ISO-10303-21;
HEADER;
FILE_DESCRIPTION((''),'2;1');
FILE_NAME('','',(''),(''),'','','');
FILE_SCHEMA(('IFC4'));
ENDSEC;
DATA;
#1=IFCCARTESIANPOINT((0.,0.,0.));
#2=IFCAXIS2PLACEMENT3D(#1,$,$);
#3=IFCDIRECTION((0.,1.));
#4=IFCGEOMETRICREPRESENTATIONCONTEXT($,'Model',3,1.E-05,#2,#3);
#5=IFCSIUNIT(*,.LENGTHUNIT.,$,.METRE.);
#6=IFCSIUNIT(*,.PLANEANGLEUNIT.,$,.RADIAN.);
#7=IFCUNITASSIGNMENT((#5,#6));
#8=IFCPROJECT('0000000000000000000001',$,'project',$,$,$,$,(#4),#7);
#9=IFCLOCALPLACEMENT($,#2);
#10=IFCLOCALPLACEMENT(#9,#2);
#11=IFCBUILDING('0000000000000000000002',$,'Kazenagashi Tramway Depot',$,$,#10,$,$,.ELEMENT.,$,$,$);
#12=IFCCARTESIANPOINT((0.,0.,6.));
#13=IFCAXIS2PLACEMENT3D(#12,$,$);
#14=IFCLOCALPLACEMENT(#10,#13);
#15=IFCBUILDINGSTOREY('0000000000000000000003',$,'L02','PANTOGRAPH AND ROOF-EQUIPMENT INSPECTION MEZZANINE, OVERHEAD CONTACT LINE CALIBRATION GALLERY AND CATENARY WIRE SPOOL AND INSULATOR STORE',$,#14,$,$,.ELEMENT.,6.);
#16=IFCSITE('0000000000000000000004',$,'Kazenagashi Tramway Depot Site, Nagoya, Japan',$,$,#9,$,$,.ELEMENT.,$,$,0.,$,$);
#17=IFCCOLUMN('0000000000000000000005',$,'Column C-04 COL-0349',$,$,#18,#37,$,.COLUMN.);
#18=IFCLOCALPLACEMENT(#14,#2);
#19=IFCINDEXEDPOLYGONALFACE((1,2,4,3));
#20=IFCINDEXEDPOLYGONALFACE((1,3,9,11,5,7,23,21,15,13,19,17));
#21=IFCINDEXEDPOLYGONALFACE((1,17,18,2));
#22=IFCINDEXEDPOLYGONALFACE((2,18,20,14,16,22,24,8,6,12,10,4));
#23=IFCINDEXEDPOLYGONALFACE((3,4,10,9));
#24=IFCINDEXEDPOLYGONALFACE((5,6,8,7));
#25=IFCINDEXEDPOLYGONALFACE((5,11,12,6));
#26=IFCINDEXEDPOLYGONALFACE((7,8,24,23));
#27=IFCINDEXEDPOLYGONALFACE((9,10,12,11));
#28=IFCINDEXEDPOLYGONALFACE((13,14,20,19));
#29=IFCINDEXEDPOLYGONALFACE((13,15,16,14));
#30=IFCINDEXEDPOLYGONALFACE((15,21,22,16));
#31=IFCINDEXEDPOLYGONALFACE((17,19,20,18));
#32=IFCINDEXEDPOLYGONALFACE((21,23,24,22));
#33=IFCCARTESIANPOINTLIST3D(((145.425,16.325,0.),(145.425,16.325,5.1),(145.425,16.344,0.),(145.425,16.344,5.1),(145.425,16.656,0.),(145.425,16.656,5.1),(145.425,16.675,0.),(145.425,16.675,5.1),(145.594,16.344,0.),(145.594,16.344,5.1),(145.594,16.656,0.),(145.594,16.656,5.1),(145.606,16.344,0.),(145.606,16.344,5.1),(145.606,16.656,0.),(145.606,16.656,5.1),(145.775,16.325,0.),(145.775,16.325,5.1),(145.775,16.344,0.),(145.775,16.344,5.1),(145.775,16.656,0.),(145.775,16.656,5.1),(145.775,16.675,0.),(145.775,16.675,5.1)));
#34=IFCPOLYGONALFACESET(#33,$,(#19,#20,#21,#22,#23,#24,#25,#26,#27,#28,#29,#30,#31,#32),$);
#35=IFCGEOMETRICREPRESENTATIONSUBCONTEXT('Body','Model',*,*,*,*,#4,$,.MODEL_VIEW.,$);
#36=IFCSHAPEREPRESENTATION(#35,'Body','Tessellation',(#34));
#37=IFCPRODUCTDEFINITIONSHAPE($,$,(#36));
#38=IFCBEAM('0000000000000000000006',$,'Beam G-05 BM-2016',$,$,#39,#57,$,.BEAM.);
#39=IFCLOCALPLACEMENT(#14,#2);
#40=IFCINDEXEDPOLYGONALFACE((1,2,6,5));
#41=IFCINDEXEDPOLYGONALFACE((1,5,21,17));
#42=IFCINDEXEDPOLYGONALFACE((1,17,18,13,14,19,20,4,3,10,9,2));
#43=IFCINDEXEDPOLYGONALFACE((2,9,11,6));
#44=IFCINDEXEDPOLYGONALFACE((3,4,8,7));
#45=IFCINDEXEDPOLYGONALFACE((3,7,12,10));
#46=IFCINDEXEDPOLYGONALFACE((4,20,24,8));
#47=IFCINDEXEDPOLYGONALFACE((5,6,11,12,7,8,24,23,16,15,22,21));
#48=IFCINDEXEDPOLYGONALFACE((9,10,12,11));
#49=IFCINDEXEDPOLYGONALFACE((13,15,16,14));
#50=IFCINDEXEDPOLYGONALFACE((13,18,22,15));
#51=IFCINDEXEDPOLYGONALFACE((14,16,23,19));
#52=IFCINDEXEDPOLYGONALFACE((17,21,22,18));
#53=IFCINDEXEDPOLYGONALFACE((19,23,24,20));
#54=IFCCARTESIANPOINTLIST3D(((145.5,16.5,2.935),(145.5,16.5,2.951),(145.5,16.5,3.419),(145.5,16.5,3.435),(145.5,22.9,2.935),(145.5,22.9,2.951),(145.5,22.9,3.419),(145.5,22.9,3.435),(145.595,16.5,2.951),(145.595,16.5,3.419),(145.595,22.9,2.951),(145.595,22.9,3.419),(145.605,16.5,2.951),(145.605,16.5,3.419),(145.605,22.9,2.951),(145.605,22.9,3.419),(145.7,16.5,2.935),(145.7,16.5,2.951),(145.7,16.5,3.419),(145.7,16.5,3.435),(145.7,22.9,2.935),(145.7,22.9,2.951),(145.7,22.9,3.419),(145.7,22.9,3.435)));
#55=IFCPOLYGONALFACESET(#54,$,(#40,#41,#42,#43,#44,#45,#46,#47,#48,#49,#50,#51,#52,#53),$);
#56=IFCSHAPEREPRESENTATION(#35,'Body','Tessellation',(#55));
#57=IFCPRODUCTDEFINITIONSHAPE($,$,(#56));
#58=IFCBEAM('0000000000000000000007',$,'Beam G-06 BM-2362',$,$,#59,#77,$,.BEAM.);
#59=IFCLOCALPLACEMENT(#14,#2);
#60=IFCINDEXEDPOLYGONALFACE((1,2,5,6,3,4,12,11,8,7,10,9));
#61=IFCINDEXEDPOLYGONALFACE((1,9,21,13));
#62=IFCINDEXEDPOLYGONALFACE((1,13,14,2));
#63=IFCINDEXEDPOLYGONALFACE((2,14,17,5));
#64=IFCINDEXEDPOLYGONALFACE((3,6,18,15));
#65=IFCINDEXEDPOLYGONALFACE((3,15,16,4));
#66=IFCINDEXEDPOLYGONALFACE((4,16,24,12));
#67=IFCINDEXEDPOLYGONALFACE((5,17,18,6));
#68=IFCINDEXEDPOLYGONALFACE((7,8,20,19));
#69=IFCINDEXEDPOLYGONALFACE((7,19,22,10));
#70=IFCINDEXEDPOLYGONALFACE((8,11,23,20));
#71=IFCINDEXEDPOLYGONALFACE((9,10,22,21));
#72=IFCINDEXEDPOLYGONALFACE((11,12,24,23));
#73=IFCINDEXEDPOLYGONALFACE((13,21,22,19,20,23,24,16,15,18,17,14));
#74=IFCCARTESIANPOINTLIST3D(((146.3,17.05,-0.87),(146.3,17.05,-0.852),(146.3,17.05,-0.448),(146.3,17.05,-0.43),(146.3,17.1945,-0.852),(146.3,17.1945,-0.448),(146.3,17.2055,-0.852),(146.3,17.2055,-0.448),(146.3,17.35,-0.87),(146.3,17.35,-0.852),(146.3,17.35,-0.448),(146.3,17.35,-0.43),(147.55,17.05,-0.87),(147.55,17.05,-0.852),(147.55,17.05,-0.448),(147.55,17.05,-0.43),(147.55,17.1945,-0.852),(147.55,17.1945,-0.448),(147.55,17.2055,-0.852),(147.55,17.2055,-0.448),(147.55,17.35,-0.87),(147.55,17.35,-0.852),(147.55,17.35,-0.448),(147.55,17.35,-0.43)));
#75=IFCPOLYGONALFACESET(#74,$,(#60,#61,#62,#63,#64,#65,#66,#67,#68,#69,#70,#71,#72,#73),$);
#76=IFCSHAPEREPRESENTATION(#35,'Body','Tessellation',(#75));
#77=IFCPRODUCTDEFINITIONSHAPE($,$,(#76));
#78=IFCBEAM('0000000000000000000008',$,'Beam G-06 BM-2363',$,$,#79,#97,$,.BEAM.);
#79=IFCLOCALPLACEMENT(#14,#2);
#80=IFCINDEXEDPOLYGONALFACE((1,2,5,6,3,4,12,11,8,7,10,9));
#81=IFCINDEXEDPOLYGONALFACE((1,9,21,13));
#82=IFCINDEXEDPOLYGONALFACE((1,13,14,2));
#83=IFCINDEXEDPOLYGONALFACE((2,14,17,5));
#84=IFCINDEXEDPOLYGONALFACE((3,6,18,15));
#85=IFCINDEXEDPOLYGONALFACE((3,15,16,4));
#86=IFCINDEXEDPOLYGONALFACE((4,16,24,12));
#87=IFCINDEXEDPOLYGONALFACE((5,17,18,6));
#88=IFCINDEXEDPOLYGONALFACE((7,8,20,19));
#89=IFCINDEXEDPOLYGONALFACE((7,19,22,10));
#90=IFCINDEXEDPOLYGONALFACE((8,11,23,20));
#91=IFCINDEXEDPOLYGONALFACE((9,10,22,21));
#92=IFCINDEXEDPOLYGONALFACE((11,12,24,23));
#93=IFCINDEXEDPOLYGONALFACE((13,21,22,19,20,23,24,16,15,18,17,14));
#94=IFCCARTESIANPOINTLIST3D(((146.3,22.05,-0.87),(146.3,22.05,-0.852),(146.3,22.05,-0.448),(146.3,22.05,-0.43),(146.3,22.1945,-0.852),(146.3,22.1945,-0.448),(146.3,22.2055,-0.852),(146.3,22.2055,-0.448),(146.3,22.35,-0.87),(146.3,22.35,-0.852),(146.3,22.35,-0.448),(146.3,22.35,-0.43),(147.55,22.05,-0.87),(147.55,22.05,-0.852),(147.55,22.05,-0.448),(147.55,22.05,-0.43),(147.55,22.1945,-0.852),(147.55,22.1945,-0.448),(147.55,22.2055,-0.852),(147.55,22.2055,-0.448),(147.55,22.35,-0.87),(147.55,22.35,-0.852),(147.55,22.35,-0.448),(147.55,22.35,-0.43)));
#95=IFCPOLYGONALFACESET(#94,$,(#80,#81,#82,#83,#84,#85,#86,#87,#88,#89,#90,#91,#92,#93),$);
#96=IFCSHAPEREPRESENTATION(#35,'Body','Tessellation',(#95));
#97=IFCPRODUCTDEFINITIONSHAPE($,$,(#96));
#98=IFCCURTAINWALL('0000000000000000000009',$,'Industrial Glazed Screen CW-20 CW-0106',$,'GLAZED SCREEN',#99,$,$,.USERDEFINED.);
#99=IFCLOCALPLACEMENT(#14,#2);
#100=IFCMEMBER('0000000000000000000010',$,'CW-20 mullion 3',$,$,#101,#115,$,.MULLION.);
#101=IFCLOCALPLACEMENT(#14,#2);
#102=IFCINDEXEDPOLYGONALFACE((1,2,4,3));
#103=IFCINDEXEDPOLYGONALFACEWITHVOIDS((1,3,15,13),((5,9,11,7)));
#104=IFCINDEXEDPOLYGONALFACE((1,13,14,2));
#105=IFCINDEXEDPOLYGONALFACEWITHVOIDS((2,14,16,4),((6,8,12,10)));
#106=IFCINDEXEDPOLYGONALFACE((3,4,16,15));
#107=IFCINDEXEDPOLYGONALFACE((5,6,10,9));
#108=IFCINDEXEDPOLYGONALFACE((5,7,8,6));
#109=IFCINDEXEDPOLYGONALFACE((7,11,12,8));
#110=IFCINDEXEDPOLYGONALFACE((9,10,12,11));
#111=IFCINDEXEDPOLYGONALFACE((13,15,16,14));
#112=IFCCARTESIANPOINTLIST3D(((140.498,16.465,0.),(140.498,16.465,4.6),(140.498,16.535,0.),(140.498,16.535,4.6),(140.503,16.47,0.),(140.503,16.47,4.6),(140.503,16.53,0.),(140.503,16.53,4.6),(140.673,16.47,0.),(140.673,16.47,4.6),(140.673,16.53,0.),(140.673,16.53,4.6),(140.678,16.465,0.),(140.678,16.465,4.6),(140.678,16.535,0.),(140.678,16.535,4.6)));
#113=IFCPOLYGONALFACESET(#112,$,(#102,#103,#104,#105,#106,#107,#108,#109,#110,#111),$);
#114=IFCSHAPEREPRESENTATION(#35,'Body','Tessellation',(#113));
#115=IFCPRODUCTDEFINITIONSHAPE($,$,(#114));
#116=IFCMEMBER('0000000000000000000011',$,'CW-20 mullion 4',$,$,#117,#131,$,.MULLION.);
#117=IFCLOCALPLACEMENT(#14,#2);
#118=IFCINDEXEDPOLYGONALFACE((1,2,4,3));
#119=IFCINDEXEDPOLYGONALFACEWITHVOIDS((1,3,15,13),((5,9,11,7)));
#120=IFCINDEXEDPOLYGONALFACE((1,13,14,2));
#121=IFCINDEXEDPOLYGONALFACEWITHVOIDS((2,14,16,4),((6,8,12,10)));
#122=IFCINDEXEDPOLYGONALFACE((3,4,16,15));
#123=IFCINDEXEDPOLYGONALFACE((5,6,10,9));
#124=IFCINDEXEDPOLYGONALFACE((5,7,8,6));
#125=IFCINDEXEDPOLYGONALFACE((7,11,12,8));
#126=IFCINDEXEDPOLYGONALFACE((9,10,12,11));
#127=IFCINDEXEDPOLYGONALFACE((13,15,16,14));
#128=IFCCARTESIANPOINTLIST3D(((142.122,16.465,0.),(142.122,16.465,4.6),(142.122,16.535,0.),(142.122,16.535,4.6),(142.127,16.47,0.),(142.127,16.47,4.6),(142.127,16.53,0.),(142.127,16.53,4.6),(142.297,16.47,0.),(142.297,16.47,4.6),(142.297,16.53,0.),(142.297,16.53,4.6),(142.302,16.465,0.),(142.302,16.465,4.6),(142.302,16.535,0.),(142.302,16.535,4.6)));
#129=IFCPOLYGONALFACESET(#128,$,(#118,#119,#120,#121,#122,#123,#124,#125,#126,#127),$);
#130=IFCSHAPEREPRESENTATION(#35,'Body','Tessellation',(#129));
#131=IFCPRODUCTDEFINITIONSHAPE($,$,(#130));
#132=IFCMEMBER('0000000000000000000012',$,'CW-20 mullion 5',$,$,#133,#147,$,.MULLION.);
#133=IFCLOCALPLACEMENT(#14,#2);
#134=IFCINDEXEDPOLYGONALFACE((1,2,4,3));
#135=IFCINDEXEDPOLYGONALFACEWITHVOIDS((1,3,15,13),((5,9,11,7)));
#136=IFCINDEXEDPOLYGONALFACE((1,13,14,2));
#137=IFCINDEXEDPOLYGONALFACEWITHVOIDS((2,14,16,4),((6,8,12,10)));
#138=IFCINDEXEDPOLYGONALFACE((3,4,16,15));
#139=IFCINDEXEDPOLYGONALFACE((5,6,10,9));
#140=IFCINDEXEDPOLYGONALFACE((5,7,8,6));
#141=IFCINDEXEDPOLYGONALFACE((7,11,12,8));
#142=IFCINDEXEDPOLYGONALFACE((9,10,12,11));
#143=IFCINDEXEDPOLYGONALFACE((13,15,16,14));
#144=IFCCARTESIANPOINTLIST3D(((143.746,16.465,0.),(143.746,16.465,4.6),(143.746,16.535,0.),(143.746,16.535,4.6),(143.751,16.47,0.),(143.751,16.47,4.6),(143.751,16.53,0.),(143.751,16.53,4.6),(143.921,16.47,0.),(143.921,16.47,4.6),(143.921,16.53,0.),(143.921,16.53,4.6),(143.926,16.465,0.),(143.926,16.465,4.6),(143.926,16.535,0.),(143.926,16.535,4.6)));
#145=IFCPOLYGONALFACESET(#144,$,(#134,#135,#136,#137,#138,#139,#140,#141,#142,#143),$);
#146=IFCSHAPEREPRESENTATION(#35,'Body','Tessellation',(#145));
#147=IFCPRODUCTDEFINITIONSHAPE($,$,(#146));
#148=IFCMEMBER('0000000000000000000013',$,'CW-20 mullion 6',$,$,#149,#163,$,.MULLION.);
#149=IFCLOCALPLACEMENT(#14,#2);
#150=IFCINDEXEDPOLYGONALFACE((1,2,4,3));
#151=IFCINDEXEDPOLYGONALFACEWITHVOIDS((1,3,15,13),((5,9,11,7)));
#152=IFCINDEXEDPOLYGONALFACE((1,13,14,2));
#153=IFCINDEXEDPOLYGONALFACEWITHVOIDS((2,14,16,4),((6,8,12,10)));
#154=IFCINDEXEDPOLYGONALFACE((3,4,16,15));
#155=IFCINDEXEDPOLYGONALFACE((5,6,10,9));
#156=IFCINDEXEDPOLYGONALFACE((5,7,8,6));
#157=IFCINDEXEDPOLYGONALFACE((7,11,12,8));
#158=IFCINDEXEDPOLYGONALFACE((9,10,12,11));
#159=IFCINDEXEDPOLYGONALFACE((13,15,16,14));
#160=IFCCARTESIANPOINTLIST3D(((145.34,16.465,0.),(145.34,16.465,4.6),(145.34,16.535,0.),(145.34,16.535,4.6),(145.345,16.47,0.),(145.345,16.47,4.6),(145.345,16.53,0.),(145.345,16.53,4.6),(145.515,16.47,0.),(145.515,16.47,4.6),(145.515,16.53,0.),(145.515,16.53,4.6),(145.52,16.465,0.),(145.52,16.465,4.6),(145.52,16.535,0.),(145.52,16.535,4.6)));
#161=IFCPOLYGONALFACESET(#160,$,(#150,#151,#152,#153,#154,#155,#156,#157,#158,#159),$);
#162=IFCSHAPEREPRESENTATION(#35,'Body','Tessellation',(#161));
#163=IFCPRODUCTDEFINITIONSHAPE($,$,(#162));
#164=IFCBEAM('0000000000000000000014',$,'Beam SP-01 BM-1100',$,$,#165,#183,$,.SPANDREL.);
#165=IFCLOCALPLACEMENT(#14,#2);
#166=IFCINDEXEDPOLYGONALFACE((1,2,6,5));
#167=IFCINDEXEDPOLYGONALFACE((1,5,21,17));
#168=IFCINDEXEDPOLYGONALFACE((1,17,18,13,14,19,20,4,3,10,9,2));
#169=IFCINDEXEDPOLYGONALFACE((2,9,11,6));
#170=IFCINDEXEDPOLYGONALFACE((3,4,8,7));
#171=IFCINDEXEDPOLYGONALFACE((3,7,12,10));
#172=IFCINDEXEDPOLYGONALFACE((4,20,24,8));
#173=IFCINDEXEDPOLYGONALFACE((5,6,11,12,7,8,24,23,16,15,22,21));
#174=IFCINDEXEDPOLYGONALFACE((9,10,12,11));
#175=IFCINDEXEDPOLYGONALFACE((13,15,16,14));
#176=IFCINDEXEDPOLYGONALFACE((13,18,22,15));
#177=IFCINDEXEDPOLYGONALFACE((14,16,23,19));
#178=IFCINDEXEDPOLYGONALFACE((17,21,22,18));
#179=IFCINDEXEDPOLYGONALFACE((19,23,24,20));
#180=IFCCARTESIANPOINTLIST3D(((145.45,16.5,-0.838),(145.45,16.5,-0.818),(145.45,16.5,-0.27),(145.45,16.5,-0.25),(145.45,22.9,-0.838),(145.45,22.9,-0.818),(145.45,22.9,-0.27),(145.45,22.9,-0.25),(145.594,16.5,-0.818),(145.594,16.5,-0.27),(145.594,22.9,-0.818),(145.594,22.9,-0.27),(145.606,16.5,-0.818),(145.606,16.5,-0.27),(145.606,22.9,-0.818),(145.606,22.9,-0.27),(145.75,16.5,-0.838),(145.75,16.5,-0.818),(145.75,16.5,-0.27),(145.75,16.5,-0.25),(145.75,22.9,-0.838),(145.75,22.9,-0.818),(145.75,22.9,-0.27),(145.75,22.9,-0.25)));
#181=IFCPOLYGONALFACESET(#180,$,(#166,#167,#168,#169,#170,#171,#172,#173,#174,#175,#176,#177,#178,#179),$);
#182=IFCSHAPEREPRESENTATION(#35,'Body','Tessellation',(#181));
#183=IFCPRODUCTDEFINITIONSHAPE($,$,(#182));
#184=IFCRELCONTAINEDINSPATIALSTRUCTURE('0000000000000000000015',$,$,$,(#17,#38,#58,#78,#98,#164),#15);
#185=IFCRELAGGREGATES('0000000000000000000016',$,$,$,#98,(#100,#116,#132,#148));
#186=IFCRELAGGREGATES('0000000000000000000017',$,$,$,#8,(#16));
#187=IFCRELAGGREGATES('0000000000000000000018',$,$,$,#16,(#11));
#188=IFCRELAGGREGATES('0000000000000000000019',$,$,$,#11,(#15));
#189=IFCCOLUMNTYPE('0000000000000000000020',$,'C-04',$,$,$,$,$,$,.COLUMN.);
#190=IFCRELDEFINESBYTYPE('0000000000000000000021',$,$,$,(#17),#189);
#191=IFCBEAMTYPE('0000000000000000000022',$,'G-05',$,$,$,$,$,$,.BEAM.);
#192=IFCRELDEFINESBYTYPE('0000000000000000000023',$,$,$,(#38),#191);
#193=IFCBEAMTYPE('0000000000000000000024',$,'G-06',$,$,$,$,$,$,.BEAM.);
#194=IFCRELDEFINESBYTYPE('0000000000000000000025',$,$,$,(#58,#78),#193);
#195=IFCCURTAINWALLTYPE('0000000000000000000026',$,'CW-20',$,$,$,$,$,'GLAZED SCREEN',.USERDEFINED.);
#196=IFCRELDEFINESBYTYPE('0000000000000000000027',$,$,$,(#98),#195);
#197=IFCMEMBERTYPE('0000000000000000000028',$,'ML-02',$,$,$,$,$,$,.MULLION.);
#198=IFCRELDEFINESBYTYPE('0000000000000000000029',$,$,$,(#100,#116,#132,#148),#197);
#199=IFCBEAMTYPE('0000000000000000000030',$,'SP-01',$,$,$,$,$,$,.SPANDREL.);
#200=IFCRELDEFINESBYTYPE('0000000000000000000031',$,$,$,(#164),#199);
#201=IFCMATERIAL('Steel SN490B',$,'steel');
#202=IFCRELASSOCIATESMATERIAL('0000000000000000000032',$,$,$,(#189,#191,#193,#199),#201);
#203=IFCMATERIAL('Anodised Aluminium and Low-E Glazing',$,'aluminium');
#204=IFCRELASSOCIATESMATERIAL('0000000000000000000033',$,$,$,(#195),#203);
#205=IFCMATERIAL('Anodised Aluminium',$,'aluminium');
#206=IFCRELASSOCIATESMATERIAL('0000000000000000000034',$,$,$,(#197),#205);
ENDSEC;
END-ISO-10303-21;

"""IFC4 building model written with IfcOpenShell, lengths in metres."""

from ifc_helpers import new_model, si_unit, direction, frame, origin, origin_2d, place, context, subcontext, project, spatial, hollow_rectangle, i_section, extrude, material, material_profile, profile_set, type_object, element, aggregate, save


model = new_model("IFC4")

# Units and contexts
model_context = context("Model", 3, precision=1e-05, world=origin(), true_north=direction((0.0, 1.0)))
body_context = subcontext(model_context, "Body", "Model", "MODEL_VIEW")
ifc_project = project(units=[si_unit("LENGTHUNIT", "METRE"), si_unit("PLANEANGLEUNIT", "RADIAN")], contexts=[model_context])

# Site, building, storey
site_placement = place(None, origin())
site = spatial("IfcSite", under=ifc_project, at=site_placement, Name="Kazenagashi Tramway Depot Site, Nagoya, Japan", CompositionType="ELEMENT", RefElevation=0.0)
building_placement = place(site_placement, origin())
building = spatial("IfcBuilding", under=site, at=building_placement, Name="Kazenagashi Tramway Depot", CompositionType="ELEMENT")
storey_placement = place(building_placement, frame((0.0, 0.0, 6.0)))
storey = spatial("IfcBuildingStorey", under=building, at=storey_placement, Name="L02", Description="PANTOGRAPH AND ROOF-EQUIPMENT INSPECTION MEZZANINE, OVERHEAD CONTACT LINE CALIBRATION GALLERY AND CATENARY WIRE SPOOL AND INSULATOR STORE", CompositionType="ELEMENT", Elevation=6.0)

# Column
ifc_material_1 = material(Name="Steel SN490B", Category="steel")
ifc_material_profile_1 = material_profile(ifc_material_1, i_section(OverallWidth=0.35, OverallDepth=0.35, WebThickness=0.012, FlangeThickness=0.019, at=origin_2d()), Name="H-350x350x12x19")
ifc_profile_set_1 = profile_set([ifc_material_profile_1], Name="Steel SN490B")
column_type = type_object("IfcColumnType", Name="C-04", PredefinedType="COLUMN", material=ifc_profile_set_1)
column_placement = place(storey_placement, frame((145.6, 16.5, 0.0), z_axis=(0.0, 0.0, 1.0), x_axis=(1.0, 0.0, 0.0)))
element("IfcColumn", 1, at=column_placement, inside=storey, type_object=column_type, Name="Column C-04 COL-0349", PredefinedType="COLUMN", context=body_context, shape_type="SweptSolid", body=[
    extrude(i_section(OverallWidth=0.35, OverallDepth=0.35, WebThickness=0.012, FlangeThickness=0.019, at=origin_2d()), origin(), (0.0, 0.0, 1.0), 5.1),
])

# Beams
ifc_material_profile_2 = material_profile(ifc_material_1, i_section(OverallWidth=0.2, OverallDepth=0.5, WebThickness=0.01, FlangeThickness=0.016, at=origin_2d()), Name="H-500x200x10x16")
ifc_profile_set_2 = profile_set([ifc_material_profile_2], Name="Steel SN490B")
beam_type_1 = type_object("IfcBeamType", Name="G-05", PredefinedType="BEAM", material=ifc_profile_set_2)
beam_1_placement = place(storey_placement, frame((145.6, 16.5, 3.185), z_axis=(0.0, 1.0, 0.0), x_axis=(-1.0, 0.0, 0.0)))
element("IfcBeam", 2, at=beam_1_placement, inside=storey, type_object=beam_type_1, Name="Beam G-05 BM-2016", PredefinedType="BEAM", context=body_context, shape_type="SweptSolid", body=[
    extrude(i_section(OverallWidth=0.2, OverallDepth=0.5, WebThickness=0.01, FlangeThickness=0.016, at=origin_2d()), origin(), (0.0, 0.0, 1.0), 6.4),
])
ifc_material_profile_3 = material_profile(ifc_material_1, i_section(OverallWidth=0.3, OverallDepth=0.44, WebThickness=0.011, FlangeThickness=0.018, at=origin_2d()), Name="H-440x300x11x18")
ifc_profile_set_3 = profile_set([ifc_material_profile_3], Name="Steel SN490B")
beam_type_2 = type_object("IfcBeamType", Name="G-06", PredefinedType="BEAM", material=ifc_profile_set_3)
for number, where, z_axis, x_axis, name in (
    (3, (146.3, 17.2, -0.65), (1.0, 0.0, 0.0), (0.0, 1.0, 0.0), "Beam G-06 BM-2362"),
    (4, (146.3, 22.2, -0.65), (1.0, 0.0, 0.0), (0.0, 1.0, 0.0), "Beam G-06 BM-2363"),
):
    element("IfcBeam", number, at=place(storey_placement, frame(where, z_axis=z_axis, x_axis=x_axis)), inside=storey, type_object=beam_type_2, Name=name, PredefinedType="BEAM", context=body_context, shape_type="SweptSolid", body=[
        extrude(i_section(OverallWidth=0.3, OverallDepth=0.44, WebThickness=0.011, FlangeThickness=0.018, at=origin_2d()), origin(), (0.0, 0.0, 1.0), 1.25),
    ])

# Curtain wall, members
ifc_material_2 = material(Name="Anodised Aluminium and Low-E Glazing", Category="aluminium")
curtain_wall_type = type_object("IfcCurtainWallType", Name="CW-20", ElementType="GLAZED SCREEN", PredefinedType="USERDEFINED", material=ifc_material_2)
curtain_wall_placement = place(storey_placement, origin())
curtain_wall = element("IfcCurtainWall", 5, at=curtain_wall_placement, inside=storey, type_object=curtain_wall_type, Name="Industrial Glazed Screen CW-20 CW-0106", ObjectType="GLAZED SCREEN", PredefinedType="USERDEFINED")
ifc_material_3 = material(Name="Anodised Aluminium", Category="aluminium")
ifc_material_profile_4 = material_profile(ifc_material_3, hollow_rectangle(XDim=0.07, YDim=0.18, WallThickness=0.005, at=origin_2d()), Name="RHS-180x70x5")
ifc_profile_set_4 = profile_set([ifc_material_profile_4], Name="Anodised Aluminium")
member_type_1 = type_object("IfcMemberType", Name="ML-02", PredefinedType="MULLION", material=ifc_profile_set_4)
member_1_placement = place(storey_placement, frame((140.588, 16.5, 0.0), z_axis=(0.0, 0.0, 1.0), x_axis=(0.0, 1.0, 0.0)))
member_1 = element("IfcMember", 6, at=member_1_placement, type_object=member_type_1, Name="CW-20 mullion 3", PredefinedType="MULLION", context=body_context, shape_type="SweptSolid", body=[
    extrude(hollow_rectangle(XDim=0.07, YDim=0.18, WallThickness=0.005, at=origin_2d()), origin(), (0.0, 0.0, 1.0), 4.6),
])
member_2_placement = place(storey_placement, frame((142.212, 16.5, 0.0), z_axis=(0.0, 0.0, 1.0), x_axis=(0.0, 1.0, 0.0)))
member_2 = element("IfcMember", 7, at=member_2_placement, type_object=member_type_1, Name="CW-20 mullion 4", PredefinedType="MULLION", context=body_context, shape_type="SweptSolid", body=[
    extrude(hollow_rectangle(XDim=0.07, YDim=0.18, WallThickness=0.005, at=origin_2d()), origin(), (0.0, 0.0, 1.0), 4.6),
])
member_3_placement = place(storey_placement, frame((143.836, 16.5, 0.0), z_axis=(0.0, 0.0, 1.0), x_axis=(0.0, 1.0, 0.0)))
member_3 = element("IfcMember", 8, at=member_3_placement, type_object=member_type_1, Name="CW-20 mullion 5", PredefinedType="MULLION", context=body_context, shape_type="SweptSolid", body=[
    extrude(hollow_rectangle(XDim=0.07, YDim=0.18, WallThickness=0.005, at=origin_2d()), origin(), (0.0, 0.0, 1.0), 4.6),
])
member_4_placement = place(storey_placement, frame((145.43, 16.5, 0.0), z_axis=(0.0, 0.0, 1.0), x_axis=(0.0, 1.0, 0.0)))
member_4 = element("IfcMember", 9, at=member_4_placement, type_object=member_type_1, Name="CW-20 mullion 6", PredefinedType="MULLION", context=body_context, shape_type="SweptSolid", body=[
    extrude(hollow_rectangle(XDim=0.07, YDim=0.18, WallThickness=0.005, at=origin_2d()), origin(), (0.0, 0.0, 1.0), 4.6),
])

# Beam
ifc_material_profile_5 = material_profile(ifc_material_1, i_section(OverallWidth=0.3, OverallDepth=0.588, WebThickness=0.012, FlangeThickness=0.02, at=origin_2d()), Name="H-588x300x12x20")
ifc_profile_set_5 = profile_set([ifc_material_profile_5], Name="Steel SN490B")
beam_type_3 = type_object("IfcBeamType", Name="SP-01", PredefinedType="SPANDREL", material=ifc_profile_set_5)
beam_2_placement = place(storey_placement, frame((145.6, 16.5, -0.544), z_axis=(0.0, 1.0, 0.0), x_axis=(-1.0, 0.0, 0.0)))
element("IfcBeam", 10, at=beam_2_placement, inside=storey, type_object=beam_type_3, Name="Beam SP-01 BM-1100", PredefinedType="SPANDREL", context=body_context, shape_type="SweptSolid", body=[
    extrude(i_section(OverallWidth=0.3, OverallDepth=0.588, WebThickness=0.012, FlangeThickness=0.02, at=origin_2d()), origin(), (0.0, 0.0, 1.0), 6.4),
])

aggregate(curtain_wall, [member_1, member_2, member_3, member_4])

save(model, "model.ifc")
